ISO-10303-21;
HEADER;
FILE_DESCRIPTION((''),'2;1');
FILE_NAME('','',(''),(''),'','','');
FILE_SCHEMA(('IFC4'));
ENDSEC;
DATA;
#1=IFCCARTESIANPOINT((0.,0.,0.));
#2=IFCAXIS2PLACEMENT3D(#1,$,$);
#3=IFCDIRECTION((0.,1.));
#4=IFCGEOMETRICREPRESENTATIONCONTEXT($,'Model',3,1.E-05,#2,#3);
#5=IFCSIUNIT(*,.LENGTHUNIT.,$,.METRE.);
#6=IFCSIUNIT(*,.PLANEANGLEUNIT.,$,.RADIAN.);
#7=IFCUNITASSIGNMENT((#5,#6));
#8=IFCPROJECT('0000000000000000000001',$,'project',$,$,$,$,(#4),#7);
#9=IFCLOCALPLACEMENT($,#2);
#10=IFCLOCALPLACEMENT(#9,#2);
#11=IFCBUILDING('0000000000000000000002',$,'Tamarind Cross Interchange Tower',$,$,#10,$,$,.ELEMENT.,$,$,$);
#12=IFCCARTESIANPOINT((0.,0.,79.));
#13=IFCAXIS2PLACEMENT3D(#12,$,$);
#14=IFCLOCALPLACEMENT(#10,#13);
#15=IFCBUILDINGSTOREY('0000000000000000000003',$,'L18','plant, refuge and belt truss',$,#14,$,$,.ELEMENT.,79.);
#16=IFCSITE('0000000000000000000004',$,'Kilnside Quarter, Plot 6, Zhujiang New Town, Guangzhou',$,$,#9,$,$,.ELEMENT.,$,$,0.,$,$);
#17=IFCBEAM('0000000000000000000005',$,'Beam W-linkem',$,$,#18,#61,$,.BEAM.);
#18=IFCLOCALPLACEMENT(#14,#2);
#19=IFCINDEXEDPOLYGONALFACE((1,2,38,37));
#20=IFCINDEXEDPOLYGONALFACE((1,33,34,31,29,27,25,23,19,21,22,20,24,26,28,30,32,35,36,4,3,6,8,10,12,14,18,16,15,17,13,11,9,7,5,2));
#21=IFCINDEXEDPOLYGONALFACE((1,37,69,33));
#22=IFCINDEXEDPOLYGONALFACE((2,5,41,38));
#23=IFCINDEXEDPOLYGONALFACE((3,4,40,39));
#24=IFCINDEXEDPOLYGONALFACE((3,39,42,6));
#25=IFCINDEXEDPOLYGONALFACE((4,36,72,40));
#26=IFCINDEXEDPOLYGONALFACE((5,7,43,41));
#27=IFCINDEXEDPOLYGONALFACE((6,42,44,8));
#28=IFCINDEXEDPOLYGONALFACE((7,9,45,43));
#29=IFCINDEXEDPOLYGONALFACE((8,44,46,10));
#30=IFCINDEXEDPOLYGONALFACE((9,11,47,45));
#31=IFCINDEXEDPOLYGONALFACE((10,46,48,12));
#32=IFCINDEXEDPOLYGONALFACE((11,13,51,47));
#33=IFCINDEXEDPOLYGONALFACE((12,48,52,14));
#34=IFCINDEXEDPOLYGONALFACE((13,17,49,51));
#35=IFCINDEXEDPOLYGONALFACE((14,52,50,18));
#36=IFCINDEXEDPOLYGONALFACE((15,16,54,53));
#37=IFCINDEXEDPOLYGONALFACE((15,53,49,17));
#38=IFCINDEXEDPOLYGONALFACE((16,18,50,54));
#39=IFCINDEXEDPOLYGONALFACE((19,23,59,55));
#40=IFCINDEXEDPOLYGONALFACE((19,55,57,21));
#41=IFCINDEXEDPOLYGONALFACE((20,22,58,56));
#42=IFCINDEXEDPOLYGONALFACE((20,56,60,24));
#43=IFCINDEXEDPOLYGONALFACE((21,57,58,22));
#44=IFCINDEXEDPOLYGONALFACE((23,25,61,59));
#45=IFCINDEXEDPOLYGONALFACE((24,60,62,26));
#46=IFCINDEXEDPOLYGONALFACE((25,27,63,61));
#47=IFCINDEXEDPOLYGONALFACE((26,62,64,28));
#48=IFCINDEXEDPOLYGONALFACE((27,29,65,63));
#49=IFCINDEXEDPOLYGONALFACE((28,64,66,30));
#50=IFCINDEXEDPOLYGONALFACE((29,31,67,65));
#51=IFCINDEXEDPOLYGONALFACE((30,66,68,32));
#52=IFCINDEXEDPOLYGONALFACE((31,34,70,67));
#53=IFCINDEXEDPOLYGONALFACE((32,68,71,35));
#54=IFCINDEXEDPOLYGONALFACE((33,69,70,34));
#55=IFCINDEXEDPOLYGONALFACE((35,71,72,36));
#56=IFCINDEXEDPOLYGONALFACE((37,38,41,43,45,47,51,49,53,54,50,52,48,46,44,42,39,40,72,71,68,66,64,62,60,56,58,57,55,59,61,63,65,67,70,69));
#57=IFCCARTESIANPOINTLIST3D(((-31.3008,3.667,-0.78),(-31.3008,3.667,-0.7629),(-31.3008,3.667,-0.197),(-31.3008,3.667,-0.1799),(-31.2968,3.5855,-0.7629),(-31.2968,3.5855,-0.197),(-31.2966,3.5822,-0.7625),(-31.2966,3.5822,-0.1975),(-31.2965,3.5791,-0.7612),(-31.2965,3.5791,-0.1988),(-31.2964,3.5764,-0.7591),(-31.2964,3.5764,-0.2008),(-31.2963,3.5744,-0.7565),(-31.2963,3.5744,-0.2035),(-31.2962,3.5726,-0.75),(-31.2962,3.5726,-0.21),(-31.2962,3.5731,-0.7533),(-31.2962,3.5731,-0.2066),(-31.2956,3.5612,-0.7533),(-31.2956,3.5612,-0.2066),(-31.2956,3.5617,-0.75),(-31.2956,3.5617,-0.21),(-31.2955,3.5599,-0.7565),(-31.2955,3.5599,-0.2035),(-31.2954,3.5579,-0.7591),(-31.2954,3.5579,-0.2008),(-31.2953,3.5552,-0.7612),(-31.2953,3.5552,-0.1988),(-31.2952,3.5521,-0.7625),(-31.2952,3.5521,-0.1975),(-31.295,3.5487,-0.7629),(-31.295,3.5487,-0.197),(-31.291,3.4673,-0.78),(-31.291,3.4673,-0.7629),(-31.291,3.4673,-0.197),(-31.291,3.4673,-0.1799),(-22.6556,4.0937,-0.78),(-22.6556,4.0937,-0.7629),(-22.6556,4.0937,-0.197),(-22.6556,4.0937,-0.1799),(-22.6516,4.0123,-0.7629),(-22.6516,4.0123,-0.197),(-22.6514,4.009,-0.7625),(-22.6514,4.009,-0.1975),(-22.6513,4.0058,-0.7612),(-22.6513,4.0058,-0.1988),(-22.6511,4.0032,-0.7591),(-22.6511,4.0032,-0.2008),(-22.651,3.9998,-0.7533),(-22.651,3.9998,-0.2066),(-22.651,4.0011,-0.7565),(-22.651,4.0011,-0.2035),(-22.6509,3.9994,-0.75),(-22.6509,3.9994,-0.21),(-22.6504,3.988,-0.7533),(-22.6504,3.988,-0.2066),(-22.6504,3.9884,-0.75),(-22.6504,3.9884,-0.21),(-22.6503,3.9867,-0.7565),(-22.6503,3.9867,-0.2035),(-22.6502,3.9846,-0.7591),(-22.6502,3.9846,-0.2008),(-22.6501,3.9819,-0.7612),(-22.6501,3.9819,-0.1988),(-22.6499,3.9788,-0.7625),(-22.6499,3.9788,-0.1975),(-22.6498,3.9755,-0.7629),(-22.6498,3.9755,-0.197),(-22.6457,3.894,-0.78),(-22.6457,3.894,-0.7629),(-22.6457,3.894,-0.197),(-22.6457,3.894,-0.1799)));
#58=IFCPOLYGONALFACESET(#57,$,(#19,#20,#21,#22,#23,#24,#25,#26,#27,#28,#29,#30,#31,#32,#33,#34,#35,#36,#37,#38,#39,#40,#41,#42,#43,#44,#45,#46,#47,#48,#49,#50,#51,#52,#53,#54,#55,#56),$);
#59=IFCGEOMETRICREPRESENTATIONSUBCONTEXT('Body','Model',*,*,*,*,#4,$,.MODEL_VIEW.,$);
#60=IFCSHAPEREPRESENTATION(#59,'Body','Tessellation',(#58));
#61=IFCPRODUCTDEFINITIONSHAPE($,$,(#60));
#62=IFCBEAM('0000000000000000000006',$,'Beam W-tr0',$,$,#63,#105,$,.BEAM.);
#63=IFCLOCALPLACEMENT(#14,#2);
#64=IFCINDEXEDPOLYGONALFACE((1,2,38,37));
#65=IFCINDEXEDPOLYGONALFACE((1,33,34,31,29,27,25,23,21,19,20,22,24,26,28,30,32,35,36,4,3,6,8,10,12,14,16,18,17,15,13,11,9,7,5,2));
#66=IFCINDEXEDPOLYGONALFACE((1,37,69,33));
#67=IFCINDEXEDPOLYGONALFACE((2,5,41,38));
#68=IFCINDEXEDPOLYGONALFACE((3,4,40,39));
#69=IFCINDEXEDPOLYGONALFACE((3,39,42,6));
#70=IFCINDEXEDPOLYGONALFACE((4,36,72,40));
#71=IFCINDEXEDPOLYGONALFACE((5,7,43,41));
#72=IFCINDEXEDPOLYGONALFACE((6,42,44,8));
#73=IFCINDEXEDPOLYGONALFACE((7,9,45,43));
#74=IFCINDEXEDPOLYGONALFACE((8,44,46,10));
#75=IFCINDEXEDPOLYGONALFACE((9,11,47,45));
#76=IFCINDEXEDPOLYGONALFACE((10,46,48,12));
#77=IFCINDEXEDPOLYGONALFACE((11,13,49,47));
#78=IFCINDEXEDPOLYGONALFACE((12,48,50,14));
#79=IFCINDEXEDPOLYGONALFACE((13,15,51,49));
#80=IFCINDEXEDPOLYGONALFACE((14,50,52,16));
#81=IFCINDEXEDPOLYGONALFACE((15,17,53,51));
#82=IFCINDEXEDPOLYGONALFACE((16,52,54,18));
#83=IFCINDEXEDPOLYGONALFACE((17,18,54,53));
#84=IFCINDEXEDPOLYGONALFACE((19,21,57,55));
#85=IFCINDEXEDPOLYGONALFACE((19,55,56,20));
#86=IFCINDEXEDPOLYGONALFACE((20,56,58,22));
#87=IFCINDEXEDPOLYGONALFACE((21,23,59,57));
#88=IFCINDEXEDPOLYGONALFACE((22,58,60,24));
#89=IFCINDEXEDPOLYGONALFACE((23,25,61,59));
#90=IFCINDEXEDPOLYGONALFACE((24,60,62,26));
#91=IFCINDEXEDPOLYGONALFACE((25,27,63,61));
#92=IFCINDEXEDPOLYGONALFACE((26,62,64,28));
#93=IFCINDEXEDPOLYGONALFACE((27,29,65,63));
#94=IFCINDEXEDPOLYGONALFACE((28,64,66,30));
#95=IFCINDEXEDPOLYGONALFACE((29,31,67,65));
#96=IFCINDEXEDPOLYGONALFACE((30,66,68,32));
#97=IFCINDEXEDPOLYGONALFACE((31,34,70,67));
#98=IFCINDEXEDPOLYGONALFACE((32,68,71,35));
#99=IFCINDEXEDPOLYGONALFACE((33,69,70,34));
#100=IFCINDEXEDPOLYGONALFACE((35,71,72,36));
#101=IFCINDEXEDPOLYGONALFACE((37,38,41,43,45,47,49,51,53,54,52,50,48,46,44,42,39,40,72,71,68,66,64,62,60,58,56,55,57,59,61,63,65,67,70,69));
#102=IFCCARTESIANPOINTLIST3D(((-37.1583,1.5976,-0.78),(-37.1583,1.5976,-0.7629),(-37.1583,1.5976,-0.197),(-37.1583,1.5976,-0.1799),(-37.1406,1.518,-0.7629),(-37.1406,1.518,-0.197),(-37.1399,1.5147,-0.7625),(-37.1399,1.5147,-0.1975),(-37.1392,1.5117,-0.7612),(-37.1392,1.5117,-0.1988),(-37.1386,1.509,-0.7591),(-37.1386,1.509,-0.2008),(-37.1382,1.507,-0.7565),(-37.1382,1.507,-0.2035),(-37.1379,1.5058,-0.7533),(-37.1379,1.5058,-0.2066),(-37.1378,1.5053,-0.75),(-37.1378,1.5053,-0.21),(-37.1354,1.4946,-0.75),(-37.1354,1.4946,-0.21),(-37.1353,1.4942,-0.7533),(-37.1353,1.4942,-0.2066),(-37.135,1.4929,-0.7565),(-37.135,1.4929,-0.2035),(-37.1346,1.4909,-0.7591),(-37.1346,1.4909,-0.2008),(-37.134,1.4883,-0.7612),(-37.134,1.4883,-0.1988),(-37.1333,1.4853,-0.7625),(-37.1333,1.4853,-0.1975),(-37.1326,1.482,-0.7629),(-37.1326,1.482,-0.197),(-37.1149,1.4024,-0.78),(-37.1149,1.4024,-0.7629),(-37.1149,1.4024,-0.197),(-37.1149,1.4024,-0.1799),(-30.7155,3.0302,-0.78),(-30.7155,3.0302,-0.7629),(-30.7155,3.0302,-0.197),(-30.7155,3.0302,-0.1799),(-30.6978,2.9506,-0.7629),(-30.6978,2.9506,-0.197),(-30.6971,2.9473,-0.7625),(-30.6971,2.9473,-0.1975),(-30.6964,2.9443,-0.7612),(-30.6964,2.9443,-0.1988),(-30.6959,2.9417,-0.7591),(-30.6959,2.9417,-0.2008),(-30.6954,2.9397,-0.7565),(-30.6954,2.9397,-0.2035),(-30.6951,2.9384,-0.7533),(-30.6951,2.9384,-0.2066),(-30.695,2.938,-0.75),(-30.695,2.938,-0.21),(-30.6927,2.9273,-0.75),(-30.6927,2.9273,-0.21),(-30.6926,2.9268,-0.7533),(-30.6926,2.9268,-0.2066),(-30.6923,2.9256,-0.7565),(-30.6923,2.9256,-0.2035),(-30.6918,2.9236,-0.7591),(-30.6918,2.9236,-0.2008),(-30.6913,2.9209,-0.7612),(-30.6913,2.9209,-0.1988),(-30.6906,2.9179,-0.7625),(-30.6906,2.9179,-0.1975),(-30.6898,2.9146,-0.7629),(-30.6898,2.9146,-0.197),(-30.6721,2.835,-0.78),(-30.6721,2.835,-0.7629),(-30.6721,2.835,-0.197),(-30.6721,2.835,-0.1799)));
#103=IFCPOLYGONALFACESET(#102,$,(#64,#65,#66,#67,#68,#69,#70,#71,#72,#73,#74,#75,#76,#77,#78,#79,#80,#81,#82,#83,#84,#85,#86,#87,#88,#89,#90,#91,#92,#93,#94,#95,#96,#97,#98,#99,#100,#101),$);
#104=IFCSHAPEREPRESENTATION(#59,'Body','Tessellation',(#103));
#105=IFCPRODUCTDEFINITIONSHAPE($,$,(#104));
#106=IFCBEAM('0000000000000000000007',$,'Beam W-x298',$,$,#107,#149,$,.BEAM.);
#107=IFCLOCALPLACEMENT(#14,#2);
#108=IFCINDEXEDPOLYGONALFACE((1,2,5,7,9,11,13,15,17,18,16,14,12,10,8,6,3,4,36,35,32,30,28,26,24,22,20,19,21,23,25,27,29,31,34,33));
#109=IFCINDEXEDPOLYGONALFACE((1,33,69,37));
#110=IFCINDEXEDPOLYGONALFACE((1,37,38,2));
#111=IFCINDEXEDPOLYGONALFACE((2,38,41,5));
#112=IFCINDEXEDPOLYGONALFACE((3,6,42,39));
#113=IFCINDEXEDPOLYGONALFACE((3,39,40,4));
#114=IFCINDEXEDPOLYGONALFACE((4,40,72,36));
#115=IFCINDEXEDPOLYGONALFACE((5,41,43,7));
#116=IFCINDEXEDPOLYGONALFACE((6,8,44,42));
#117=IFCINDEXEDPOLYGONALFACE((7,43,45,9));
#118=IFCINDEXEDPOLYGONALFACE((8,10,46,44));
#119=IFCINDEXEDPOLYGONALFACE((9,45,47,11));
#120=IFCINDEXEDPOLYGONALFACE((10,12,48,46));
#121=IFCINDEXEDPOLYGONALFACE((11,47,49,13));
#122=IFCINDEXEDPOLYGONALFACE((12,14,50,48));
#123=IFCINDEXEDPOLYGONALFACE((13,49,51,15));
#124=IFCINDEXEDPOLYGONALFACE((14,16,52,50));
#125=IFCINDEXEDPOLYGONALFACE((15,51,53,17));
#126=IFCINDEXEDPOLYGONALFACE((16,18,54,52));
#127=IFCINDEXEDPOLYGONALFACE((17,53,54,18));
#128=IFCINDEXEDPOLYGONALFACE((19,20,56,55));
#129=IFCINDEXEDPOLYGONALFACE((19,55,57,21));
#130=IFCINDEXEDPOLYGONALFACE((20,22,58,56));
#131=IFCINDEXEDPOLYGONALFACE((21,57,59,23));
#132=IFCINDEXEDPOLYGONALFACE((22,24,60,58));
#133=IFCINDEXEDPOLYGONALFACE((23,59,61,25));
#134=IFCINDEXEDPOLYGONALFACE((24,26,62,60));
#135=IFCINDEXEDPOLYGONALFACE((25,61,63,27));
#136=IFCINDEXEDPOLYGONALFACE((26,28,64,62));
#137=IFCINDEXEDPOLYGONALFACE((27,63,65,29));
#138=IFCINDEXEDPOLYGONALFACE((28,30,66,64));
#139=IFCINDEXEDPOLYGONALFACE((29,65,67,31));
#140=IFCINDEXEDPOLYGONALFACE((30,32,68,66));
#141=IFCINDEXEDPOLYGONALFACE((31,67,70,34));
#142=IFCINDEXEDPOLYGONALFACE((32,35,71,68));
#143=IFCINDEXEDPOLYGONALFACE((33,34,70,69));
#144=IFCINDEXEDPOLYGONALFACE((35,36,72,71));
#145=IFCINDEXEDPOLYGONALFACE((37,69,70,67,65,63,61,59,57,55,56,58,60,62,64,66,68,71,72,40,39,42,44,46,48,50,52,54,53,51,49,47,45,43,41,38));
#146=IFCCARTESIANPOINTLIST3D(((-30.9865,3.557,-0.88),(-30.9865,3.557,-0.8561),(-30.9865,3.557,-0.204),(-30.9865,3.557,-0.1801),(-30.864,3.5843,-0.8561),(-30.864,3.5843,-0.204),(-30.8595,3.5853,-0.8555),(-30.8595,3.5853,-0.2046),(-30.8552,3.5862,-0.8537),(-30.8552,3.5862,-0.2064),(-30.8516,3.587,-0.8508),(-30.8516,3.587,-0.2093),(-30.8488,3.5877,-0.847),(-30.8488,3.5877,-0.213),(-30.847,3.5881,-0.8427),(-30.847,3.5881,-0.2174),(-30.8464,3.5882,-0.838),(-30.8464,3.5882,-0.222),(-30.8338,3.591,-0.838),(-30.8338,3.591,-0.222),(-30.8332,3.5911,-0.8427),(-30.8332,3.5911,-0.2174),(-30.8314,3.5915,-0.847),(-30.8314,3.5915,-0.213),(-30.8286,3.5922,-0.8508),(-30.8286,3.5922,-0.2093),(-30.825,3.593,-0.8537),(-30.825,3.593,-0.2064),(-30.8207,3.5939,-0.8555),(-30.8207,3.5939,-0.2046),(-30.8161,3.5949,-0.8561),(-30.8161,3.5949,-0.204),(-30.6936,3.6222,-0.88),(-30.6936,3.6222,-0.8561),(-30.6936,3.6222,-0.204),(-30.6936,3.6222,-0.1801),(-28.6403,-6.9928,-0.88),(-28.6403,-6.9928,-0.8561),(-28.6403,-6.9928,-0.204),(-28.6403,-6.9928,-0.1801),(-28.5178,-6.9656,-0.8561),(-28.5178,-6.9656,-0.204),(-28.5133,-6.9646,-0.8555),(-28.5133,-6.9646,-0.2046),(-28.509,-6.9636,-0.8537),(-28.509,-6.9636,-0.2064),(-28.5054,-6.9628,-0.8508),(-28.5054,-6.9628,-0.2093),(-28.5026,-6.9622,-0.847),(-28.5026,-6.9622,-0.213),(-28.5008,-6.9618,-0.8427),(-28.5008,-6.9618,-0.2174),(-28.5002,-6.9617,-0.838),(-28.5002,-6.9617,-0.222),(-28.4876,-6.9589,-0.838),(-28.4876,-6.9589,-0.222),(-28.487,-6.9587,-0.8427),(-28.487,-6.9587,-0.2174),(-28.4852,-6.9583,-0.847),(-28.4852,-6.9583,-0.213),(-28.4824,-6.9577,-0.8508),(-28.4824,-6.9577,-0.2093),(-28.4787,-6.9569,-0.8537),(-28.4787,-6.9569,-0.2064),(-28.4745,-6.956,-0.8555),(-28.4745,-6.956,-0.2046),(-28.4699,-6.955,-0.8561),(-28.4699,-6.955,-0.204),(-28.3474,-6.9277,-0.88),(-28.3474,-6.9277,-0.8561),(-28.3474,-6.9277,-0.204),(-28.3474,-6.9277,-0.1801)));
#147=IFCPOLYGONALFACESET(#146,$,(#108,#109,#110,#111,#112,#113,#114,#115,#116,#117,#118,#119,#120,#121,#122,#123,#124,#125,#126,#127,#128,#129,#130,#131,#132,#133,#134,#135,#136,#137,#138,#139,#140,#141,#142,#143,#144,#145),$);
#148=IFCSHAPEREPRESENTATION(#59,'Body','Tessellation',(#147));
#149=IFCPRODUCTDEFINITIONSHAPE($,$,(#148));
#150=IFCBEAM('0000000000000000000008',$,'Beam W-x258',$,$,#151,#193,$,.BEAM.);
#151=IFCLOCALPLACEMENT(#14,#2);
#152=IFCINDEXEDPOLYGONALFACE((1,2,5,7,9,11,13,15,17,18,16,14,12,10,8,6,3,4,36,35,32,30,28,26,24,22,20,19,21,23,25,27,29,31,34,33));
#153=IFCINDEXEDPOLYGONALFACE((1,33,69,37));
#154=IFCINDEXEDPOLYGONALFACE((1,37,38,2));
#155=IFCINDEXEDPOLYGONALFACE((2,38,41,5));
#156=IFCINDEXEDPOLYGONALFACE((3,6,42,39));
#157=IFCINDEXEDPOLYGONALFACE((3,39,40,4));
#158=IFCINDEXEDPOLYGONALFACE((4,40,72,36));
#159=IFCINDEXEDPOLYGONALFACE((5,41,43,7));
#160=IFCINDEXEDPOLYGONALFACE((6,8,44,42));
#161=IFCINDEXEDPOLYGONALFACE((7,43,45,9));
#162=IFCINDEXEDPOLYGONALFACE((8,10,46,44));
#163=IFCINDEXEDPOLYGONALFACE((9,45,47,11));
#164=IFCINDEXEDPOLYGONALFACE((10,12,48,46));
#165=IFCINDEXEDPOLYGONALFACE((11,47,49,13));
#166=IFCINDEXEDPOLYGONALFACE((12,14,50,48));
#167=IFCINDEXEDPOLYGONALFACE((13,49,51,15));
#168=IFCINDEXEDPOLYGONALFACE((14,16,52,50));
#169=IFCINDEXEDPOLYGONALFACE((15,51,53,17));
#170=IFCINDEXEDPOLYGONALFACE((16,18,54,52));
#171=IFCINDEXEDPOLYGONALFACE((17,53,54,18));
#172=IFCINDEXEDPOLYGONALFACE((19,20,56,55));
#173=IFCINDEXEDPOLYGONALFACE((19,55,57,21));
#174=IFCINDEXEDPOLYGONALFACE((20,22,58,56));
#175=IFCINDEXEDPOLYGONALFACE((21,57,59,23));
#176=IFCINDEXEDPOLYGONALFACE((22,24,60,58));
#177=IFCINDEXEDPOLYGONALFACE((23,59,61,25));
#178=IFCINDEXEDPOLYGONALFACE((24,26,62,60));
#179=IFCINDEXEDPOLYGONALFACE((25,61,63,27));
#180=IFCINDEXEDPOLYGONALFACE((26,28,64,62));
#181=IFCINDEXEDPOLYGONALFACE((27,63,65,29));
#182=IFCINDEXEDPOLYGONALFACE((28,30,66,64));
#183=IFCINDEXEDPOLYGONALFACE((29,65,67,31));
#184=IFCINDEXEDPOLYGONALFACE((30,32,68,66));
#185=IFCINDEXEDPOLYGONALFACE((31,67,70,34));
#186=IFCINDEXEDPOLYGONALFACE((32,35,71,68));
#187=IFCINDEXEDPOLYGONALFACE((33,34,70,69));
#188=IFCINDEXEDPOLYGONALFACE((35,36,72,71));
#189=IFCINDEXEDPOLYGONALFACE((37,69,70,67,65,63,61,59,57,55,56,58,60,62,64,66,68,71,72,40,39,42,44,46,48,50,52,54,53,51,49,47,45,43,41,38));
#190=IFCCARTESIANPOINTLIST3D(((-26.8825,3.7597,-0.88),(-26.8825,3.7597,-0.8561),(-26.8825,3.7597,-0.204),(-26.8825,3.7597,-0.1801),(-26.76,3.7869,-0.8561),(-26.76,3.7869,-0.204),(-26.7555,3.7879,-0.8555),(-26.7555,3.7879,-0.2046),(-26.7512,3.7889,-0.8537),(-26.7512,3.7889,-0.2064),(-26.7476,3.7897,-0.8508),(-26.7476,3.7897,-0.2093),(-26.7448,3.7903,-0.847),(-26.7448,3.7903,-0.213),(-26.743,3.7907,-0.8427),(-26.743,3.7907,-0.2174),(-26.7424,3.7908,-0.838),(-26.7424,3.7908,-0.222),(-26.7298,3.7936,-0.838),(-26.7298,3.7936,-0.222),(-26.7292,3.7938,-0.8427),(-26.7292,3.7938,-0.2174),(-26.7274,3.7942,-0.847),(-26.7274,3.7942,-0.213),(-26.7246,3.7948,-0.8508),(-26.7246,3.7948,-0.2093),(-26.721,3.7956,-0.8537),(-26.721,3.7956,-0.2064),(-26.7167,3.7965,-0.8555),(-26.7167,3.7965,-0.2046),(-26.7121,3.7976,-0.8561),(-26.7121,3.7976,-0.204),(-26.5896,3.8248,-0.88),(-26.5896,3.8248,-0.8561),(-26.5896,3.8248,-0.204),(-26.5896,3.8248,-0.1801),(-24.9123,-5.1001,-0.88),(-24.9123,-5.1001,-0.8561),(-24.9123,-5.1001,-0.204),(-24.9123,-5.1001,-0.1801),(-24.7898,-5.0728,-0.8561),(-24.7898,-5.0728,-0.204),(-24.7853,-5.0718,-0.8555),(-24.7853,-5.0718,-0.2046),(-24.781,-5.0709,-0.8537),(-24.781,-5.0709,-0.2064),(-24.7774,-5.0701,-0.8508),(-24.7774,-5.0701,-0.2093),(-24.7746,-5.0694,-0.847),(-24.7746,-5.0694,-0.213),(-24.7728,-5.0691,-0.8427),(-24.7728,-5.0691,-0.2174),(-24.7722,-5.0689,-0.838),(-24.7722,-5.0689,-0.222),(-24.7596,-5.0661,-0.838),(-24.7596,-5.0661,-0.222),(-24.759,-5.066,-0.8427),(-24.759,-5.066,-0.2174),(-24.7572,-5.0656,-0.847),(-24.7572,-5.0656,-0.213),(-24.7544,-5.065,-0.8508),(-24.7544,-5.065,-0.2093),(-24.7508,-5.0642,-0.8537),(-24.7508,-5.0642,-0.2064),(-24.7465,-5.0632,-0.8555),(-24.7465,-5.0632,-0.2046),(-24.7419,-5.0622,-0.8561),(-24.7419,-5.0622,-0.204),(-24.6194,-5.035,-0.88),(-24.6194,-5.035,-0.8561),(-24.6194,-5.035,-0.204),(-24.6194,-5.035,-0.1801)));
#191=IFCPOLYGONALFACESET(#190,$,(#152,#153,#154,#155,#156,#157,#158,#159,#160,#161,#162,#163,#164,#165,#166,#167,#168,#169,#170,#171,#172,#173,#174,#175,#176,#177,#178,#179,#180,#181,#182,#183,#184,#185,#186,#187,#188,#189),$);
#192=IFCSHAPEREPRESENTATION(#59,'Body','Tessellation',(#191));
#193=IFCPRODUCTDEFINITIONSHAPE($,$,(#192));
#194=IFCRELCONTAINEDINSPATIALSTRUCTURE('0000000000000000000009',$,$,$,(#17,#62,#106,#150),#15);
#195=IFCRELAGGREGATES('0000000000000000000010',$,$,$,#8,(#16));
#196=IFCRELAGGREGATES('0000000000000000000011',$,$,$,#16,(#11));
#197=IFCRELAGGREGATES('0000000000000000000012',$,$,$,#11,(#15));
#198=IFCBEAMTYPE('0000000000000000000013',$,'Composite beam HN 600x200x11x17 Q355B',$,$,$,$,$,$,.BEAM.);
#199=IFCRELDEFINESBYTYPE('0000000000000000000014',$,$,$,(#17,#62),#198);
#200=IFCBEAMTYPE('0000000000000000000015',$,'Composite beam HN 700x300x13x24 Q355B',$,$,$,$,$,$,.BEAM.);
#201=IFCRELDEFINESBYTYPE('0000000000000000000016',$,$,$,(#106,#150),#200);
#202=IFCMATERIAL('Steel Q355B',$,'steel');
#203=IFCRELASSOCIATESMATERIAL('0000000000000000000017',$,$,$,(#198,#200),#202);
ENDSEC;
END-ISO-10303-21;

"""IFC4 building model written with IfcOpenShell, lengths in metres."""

from ifc_helpers import new_model, si_unit, direction, frame, origin, origin_2d, place, context, subcontext, project, spatial, i_section, extrude, material, material_profile, profile_set, type_object, element, save


model = new_model("IFC4")

# Units and contexts
model_context = context("Model", 3, precision=1e-05, world=origin(), true_north=direction((0.0, 1.0)))
body_context = subcontext(model_context, "Body", "Model", "MODEL_VIEW")
ifc_project = project(units=[si_unit("LENGTHUNIT", "METRE"), si_unit("PLANEANGLEUNIT", "RADIAN")], contexts=[model_context])

# Site, building, storey
site_placement = place(None, origin())
site = spatial("IfcSite", under=ifc_project, at=site_placement, Name="Kilnside Quarter, Plot 6, Zhujiang New Town, Guangzhou", CompositionType="ELEMENT", RefElevation=0.0)
building_placement = place(site_placement, origin())
building = spatial("IfcBuilding", under=site, at=building_placement, Name="Tamarind Cross Interchange Tower", CompositionType="ELEMENT")
storey_placement = place(building_placement, frame((0.0, 0.0, 79.0)))
storey = spatial("IfcBuildingStorey", under=building, at=storey_placement, Name="L18", Description="plant, refuge and belt truss", CompositionType="ELEMENT", Elevation=79.0)

# Beams
ifc_material_1 = material(Name="Steel Q355B", Category="steel")
ifc_material_profile_1 = material_profile(ifc_material_1, i_section(OverallWidth=0.2, OverallDepth=0.6001, WebThickness=0.011, FlangeThickness=0.0171, FilletRadius=0.0129, at=origin_2d()), Name="HN 600x200x11x17")
ifc_profile_set_1 = profile_set([ifc_material_profile_1], Name="Steel Q355B")
beam_type_1 = type_object("IfcBeamType", Name="Composite beam HN 600x200x11x17 Q355B", PredefinedType="BEAM", material=ifc_profile_set_1)
beam_1_placement = place(storey_placement, frame((-31.2959, 3.5671, -0.48), z_axis=(0.998784, 0.049303, 0.0), x_axis=(-0.049303, 0.998784, 0.0)))
element("IfcBeam", 1, at=beam_1_placement, inside=storey, type_object=beam_type_1, Name="Beam W-linkem", PredefinedType="BEAM", context=body_context, shape_type="SweptSolid", body=[
    extrude(i_section(OverallWidth=0.2, OverallDepth=0.6001, WebThickness=0.011, FlangeThickness=0.0171, FilletRadius=0.0129, at=origin_2d()), origin(), (0.0, 0.0, 1.0), 8.6558),
])
beam_2_placement = place(storey_placement, frame((-30.6938, 2.9326, -0.48), z_axis=(-0.976157, -0.217064, 0.0), x_axis=(0.217064, -0.976157, 0.0)))
element("IfcBeam", 2, at=beam_2_placement, inside=storey, type_object=beam_type_1, Name="Beam W-tr0", PredefinedType="BEAM", context=body_context, shape_type="SweptSolid", body=[
    extrude(i_section(OverallWidth=0.2, OverallDepth=0.6001, WebThickness=0.011, FlangeThickness=0.0171, FilletRadius=0.0129, at=origin_2d()), origin(), (0.0, 0.0, 1.0), 6.6001),
])
ifc_material_profile_2 = material_profile(ifc_material_1, i_section(OverallWidth=0.3, OverallDepth=0.7, WebThickness=0.0129, FlangeThickness=0.0239, FilletRadius=0.0181, at=origin_2d()), Name="HN 700x300x13x24")
ifc_profile_set_2 = profile_set([ifc_material_profile_2], Name="Steel Q355B")
beam_type_2 = type_object("IfcBeamType", Name="Composite beam HN 700x300x13x24 Q355B", PredefinedType="BEAM", material=ifc_profile_set_2)
beam_3_placement = place(storey_placement, frame((-30.8401, 3.5896, -0.53), z_axis=(0.217088, -0.976152, 0.0), x_axis=(0.976152, 0.217088, 0.0)))
element("IfcBeam", 3, at=beam_3_placement, inside=storey, type_object=beam_type_2, Name="Beam W-x298", PredefinedType="BEAM", context=body_context, shape_type="SweptSolid", body=[
    extrude(i_section(OverallWidth=0.3, OverallDepth=0.7, WebThickness=0.0129, FlangeThickness=0.0239, FilletRadius=0.0181, at=origin_2d()), origin(), (0.0, 0.0, 1.0), 10.8076),
])
beam_4_placement = place(storey_placement, frame((-26.7361, 3.7922, -0.53), z_axis=(0.217073, -0.976155, 0.0), x_axis=(0.976155, 0.217073, 0.0)))
element("IfcBeam", 4, at=beam_4_placement, inside=storey, type_object=beam_type_2, Name="Beam W-x258", PredefinedType="BEAM", context=body_context, shape_type="SweptSolid", body=[
    extrude(i_section(OverallWidth=0.3, OverallDepth=0.7, WebThickness=0.0129, FlangeThickness=0.0239, FilletRadius=0.0181, at=origin_2d()), origin(), (0.0, 0.0, 1.0), 9.0762),
])

save(model, "model.ifc")
